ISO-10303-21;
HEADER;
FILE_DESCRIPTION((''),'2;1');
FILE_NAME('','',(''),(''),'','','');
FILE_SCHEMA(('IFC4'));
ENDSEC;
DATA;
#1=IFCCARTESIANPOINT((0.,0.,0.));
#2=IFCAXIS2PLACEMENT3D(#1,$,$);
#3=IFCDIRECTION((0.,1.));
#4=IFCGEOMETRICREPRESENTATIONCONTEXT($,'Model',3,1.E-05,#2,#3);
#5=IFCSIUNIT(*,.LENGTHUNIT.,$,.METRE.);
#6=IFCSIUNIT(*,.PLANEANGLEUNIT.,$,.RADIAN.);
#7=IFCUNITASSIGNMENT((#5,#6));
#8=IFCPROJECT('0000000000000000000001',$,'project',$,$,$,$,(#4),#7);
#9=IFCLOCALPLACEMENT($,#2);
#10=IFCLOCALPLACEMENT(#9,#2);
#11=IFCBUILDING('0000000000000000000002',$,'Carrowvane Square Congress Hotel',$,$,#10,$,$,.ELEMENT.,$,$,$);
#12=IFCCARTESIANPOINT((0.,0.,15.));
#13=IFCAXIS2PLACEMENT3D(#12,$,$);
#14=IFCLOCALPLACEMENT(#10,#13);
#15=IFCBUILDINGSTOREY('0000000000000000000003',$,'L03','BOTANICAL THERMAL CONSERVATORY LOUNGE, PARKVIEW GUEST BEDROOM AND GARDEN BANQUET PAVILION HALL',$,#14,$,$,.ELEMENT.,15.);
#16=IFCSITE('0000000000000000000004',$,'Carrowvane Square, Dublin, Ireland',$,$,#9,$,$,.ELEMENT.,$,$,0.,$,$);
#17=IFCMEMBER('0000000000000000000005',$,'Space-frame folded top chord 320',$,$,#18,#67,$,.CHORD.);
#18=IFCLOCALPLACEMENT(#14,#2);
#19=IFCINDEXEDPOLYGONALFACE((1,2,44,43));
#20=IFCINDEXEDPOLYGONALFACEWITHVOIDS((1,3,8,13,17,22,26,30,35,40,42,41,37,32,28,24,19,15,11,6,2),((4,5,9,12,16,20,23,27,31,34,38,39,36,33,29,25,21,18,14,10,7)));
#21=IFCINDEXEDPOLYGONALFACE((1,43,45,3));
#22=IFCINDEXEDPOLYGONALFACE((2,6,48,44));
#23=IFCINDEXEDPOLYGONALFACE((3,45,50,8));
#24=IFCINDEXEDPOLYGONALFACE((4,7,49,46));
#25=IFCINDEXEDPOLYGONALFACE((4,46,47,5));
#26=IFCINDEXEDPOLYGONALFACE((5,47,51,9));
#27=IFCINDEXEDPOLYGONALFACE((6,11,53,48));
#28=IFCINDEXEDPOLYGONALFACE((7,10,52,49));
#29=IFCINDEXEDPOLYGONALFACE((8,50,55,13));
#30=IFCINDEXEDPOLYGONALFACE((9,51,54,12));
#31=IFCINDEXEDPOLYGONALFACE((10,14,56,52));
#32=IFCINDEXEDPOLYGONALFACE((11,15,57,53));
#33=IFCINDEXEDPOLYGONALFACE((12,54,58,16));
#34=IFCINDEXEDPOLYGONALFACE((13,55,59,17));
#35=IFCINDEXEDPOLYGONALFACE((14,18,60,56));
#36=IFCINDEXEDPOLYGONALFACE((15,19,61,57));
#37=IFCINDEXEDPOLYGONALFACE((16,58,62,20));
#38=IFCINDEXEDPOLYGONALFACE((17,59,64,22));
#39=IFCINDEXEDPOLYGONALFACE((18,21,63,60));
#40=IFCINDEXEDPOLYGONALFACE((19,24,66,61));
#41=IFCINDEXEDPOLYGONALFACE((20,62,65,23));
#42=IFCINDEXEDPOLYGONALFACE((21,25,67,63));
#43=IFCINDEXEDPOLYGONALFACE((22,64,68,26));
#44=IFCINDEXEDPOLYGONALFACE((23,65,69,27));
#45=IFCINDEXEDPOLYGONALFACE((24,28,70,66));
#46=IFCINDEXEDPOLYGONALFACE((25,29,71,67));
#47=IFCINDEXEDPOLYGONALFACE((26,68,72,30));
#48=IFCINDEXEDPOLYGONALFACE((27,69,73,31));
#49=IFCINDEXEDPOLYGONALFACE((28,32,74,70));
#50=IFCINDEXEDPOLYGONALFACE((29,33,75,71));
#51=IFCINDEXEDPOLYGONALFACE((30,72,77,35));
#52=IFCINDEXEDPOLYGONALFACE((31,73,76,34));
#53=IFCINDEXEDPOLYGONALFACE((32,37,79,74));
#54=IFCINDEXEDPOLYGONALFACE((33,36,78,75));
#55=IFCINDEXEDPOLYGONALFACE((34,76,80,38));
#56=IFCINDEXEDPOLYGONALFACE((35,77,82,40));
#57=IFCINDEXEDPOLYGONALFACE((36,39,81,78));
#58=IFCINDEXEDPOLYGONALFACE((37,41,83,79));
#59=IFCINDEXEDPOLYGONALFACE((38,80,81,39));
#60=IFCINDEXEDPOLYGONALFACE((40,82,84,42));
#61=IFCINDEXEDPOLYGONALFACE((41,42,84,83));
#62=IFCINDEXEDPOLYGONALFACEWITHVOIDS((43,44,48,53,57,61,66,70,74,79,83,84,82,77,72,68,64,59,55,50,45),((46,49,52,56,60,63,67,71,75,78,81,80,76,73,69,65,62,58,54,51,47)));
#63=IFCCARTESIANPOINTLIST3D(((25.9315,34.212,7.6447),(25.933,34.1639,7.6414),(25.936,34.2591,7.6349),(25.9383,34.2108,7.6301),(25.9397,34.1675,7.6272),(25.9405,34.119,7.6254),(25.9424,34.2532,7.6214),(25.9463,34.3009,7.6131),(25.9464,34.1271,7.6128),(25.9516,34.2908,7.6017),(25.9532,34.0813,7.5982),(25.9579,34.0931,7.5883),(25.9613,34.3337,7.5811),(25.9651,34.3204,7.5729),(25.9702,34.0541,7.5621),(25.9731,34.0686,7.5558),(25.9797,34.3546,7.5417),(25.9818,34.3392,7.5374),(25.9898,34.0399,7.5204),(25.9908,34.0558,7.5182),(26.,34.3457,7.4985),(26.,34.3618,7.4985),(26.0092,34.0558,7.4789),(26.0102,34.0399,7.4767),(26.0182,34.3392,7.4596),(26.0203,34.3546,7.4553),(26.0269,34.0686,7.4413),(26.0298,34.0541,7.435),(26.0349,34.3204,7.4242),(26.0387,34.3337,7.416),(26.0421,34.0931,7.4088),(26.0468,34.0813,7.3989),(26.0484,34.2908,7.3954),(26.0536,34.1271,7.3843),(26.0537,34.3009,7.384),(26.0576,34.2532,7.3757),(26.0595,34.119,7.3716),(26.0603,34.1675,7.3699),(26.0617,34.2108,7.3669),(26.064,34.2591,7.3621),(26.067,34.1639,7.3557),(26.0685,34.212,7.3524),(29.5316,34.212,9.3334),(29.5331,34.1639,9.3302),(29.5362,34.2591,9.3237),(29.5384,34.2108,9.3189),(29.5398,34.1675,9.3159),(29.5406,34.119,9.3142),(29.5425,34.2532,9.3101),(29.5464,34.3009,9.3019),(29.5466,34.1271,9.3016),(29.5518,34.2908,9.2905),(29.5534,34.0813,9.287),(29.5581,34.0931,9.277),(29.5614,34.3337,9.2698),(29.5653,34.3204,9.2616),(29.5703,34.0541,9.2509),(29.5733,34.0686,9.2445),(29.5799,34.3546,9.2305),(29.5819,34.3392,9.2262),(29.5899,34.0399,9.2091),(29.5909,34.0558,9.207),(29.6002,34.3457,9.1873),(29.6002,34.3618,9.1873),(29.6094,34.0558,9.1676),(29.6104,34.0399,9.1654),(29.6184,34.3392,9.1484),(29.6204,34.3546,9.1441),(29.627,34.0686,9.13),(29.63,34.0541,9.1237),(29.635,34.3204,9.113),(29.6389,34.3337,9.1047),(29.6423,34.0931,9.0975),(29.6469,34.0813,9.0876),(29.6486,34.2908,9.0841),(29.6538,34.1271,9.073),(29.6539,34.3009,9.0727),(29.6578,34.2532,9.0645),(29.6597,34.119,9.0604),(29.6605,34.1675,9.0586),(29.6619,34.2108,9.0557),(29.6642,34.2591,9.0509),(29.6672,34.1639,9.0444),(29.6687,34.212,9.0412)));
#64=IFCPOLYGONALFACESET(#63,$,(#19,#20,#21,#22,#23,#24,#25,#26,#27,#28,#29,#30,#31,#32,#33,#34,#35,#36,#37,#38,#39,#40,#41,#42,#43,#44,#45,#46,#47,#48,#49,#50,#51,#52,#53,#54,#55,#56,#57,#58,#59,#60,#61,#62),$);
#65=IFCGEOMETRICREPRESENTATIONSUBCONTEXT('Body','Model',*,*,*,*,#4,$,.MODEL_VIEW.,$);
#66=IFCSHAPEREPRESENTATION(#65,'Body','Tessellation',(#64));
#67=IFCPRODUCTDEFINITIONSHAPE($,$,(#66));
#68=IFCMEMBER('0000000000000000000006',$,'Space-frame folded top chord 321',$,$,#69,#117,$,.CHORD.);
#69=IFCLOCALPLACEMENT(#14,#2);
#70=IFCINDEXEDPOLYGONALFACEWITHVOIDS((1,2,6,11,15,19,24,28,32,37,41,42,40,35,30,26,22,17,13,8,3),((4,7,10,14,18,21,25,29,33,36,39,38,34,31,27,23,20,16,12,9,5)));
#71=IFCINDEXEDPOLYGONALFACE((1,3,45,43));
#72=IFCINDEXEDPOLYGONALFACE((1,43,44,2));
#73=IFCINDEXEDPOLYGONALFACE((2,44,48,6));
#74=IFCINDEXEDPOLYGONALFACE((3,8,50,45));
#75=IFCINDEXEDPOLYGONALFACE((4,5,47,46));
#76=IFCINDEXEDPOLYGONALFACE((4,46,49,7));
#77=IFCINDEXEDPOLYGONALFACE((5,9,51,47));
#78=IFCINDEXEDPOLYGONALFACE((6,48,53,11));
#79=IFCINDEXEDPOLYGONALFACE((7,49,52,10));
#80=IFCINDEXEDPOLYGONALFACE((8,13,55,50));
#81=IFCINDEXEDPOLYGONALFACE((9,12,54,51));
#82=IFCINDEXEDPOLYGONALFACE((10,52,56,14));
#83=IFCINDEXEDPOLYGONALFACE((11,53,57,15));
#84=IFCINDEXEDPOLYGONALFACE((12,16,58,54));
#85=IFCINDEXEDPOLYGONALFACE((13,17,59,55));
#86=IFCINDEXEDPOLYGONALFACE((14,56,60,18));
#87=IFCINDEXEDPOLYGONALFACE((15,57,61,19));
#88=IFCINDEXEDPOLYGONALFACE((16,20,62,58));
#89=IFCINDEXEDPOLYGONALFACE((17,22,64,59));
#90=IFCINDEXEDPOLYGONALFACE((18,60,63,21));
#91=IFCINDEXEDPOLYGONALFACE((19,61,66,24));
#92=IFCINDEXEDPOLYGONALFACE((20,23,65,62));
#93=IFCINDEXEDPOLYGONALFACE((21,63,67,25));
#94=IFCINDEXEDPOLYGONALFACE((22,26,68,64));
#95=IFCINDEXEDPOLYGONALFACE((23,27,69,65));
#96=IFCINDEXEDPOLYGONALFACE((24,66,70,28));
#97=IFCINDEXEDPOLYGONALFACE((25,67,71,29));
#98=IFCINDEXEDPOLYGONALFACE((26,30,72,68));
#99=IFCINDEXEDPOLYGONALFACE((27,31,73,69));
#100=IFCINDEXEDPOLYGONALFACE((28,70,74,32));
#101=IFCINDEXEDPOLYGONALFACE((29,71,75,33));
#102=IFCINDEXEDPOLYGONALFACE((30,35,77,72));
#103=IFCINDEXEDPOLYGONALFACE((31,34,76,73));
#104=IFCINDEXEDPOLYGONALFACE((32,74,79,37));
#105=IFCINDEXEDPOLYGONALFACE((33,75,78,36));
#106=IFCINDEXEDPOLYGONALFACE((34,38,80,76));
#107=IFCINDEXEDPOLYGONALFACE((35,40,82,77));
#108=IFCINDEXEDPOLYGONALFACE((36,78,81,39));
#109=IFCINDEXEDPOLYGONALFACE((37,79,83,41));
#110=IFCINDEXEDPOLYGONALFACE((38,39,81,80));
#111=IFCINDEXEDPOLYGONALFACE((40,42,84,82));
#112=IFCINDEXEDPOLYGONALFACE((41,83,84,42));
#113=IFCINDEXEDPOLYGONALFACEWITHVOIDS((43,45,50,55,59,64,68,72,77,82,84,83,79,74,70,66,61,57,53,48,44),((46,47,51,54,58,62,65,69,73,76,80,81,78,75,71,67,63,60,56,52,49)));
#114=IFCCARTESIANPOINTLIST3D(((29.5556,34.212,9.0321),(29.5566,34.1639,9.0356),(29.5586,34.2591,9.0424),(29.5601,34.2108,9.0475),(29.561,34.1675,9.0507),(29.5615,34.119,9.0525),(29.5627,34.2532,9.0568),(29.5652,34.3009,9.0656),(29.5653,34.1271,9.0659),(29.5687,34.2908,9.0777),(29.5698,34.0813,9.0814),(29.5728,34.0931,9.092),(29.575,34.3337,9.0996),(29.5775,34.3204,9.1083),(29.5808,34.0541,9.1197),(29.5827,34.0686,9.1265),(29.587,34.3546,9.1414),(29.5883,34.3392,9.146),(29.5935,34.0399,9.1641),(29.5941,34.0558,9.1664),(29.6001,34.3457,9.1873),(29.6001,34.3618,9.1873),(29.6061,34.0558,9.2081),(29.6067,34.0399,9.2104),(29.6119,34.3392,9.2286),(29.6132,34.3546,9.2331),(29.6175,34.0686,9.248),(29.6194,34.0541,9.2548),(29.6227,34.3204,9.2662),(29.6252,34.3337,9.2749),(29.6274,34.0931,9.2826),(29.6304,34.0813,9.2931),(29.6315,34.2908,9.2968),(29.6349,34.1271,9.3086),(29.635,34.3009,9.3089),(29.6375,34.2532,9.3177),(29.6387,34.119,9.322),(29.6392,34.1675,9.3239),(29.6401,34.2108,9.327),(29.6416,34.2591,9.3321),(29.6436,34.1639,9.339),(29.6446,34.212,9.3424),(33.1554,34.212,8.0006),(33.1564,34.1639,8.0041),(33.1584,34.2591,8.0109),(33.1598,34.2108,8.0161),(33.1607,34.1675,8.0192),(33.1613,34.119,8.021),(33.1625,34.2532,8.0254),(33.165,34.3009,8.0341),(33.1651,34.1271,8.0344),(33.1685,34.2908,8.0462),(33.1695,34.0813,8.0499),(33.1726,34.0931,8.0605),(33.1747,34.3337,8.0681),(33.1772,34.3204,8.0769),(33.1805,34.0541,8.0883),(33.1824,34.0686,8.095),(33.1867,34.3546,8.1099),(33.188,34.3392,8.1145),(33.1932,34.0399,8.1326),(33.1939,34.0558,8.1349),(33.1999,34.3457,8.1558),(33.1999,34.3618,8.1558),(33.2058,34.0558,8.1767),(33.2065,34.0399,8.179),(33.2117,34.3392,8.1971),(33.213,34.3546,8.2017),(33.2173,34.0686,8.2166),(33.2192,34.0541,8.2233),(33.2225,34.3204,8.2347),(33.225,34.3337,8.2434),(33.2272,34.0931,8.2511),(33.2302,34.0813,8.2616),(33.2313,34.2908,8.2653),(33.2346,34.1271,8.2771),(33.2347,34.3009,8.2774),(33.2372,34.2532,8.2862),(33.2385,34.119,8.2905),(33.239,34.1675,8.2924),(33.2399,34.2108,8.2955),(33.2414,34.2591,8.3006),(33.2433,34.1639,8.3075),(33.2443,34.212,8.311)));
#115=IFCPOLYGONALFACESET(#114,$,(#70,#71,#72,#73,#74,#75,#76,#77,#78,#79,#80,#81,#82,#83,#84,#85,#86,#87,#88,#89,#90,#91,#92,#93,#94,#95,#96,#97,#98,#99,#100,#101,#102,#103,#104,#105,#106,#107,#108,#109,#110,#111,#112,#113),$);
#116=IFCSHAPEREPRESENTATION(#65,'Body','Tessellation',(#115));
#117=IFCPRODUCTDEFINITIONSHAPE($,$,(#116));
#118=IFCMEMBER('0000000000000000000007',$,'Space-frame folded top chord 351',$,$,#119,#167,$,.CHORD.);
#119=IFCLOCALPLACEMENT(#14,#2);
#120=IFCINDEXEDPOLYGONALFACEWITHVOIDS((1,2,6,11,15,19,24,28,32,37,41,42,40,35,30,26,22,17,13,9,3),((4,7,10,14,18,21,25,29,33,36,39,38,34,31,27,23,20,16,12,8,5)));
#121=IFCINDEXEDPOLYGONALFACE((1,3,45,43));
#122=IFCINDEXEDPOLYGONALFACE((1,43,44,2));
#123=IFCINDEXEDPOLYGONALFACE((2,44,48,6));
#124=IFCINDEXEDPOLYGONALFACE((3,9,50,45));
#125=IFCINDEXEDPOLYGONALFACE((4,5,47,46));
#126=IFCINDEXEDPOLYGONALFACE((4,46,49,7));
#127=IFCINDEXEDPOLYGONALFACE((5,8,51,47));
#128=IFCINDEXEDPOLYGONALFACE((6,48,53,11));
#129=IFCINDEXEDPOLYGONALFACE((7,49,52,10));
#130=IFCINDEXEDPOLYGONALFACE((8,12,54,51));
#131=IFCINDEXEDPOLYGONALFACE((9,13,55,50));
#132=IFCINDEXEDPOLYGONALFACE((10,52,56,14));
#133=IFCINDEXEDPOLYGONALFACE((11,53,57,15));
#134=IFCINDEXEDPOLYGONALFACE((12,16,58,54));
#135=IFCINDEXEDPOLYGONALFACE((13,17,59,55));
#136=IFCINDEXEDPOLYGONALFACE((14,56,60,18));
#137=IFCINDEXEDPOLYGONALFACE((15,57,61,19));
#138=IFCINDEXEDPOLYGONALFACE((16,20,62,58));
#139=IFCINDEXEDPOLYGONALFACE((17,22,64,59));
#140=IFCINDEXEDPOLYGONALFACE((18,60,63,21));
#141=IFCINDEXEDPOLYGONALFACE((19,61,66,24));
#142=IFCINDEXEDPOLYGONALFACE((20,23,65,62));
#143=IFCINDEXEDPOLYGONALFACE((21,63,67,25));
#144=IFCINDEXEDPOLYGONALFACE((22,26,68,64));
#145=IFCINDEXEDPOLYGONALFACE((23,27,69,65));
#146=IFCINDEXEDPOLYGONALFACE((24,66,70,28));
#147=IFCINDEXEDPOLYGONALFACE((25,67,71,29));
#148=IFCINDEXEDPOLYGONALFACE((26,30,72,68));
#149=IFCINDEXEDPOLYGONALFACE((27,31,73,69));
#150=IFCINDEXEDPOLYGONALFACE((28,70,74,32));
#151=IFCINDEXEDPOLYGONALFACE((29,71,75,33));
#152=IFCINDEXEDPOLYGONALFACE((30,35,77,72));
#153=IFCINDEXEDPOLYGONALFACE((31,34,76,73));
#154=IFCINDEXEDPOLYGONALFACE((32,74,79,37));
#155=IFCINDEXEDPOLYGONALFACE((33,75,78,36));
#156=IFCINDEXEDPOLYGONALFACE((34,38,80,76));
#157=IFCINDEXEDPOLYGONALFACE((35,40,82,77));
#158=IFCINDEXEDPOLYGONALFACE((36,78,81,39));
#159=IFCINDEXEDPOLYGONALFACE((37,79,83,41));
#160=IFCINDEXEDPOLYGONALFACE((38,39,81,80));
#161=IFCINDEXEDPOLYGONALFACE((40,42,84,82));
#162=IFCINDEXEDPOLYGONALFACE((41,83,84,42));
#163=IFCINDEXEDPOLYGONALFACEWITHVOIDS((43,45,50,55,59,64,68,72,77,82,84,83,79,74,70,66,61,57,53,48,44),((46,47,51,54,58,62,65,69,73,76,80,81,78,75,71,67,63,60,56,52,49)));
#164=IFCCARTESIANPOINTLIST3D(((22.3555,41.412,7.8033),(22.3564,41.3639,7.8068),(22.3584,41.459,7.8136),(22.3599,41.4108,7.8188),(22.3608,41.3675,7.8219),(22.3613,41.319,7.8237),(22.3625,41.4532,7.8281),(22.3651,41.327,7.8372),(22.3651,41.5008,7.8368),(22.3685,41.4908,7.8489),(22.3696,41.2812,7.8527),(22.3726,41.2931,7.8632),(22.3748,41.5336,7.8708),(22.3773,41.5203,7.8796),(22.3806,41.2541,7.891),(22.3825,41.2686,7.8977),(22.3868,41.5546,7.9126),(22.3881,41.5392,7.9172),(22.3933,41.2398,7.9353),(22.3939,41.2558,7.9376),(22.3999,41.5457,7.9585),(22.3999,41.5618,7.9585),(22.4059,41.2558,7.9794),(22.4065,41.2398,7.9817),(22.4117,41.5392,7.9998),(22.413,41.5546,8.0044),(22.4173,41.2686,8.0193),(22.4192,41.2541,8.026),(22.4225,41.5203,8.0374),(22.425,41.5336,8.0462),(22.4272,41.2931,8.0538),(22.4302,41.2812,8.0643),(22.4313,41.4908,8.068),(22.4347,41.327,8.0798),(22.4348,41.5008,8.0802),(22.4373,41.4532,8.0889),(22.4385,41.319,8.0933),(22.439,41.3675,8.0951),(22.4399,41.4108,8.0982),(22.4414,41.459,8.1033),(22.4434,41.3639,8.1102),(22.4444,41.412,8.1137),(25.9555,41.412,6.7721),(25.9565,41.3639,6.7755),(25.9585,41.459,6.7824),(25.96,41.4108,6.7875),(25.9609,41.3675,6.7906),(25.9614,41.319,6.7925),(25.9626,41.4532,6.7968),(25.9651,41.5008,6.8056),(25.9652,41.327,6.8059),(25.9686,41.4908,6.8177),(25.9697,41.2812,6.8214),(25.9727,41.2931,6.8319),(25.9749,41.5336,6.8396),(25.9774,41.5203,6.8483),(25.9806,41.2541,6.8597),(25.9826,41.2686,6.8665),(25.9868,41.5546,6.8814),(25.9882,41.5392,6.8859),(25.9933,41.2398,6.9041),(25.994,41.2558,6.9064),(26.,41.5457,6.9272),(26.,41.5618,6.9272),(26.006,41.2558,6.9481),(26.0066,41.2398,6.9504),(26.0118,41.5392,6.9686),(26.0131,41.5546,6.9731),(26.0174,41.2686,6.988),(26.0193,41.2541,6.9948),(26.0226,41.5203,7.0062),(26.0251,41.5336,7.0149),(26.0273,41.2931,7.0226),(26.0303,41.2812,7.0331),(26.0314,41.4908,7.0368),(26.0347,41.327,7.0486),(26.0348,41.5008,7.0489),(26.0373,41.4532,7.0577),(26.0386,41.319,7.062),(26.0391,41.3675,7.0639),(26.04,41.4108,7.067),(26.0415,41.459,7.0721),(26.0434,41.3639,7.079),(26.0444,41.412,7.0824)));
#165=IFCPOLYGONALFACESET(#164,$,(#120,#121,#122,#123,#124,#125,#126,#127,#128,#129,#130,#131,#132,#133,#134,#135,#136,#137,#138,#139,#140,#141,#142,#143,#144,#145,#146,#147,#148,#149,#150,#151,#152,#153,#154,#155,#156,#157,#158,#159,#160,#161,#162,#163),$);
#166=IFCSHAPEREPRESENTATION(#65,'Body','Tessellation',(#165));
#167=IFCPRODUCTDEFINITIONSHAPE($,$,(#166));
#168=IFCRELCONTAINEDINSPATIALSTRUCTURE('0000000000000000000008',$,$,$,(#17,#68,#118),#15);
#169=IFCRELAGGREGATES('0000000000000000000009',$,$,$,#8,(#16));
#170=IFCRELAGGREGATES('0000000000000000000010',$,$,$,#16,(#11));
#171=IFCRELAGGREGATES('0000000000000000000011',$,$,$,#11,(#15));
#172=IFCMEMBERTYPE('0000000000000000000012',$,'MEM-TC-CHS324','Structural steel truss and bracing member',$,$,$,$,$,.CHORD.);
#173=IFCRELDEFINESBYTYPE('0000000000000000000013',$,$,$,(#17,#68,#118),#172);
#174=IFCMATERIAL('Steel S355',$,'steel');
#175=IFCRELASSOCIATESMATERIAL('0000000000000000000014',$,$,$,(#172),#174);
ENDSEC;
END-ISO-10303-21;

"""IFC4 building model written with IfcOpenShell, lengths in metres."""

from ifc_helpers import new_model, si_unit, direction, frame, origin, origin_2d, place, context, subcontext, project, spatial, hollow_circle, extrude, material, material_profile, profile_set, type_object, element, save


model = new_model("IFC4")

# Units and contexts
model_context = context("Model", 3, precision=1e-05, world=origin(), true_north=direction((0.0, 1.0)))
body_context = subcontext(model_context, "Body", "Model", "MODEL_VIEW")
ifc_project = project(units=[si_unit("LENGTHUNIT", "METRE"), si_unit("PLANEANGLEUNIT", "RADIAN")], contexts=[model_context])

# Site, building, storey
site_placement = place(None, origin())
site = spatial("IfcSite", under=ifc_project, at=site_placement, Name="Carrowvane Square, Dublin, Ireland", CompositionType="ELEMENT", RefElevation=0.0)
building_placement = place(site_placement, origin())
building = spatial("IfcBuilding", under=site, at=building_placement, Name="Carrowvane Square Congress Hotel", CompositionType="ELEMENT")
storey_placement = place(building_placement, frame((0.0, 0.0, 15.0)))
storey = spatial("IfcBuildingStorey", under=building, at=storey_placement, Name="L03", Description="BOTANICAL THERMAL CONSERVATORY LOUNGE, PARKVIEW GUEST BEDROOM AND GARDEN BANQUET PAVILION HALL", CompositionType="ELEMENT", Elevation=15.0)

# Members
ifc_material_1 = material(Name="Steel S355", Category="steel")
ifc_material_profile_1 = material_profile(ifc_material_1, hollow_circle(Radius=0.1619, WallThickness=0.0161, at=origin_2d()), Name="CHS 323.9x16")
ifc_profile_set_1 = profile_set([ifc_material_profile_1], Name="Steel S355")
member_type_1 = type_object("IfcMemberType", Name="MEM-TC-CHS324", Description="Structural steel truss and bracing member", PredefinedType="CHORD", material=ifc_profile_set_1)
member_1_placement = place(storey_placement, frame((26.0, 34.2, 7.4985), z_axis=(0.905345, 0.0, 0.424676), x_axis=(0.0, 1.0, 0.0)))
element("IfcMember", 1, at=member_1_placement, inside=storey, type_object=member_type_1, Name="Space-frame folded top chord 320", PredefinedType="CHORD", context=body_context, shape_type="SweptSolid", body=[
    extrude(hollow_circle(Radius=0.1619, WallThickness=0.0161, at=origin_2d()), origin(), (0.0, 0.0, 1.0), 3.9766),
])
member_2_placement = place(storey_placement, frame((29.6001, 34.2, 9.1873), z_axis=(0.961315, 0.0, -0.275453), x_axis=(0.0, 1.0, 0.0)))
element("IfcMember", 2, at=member_2_placement, inside=storey, type_object=member_type_1, Name="Space-frame folded top chord 321", PredefinedType="CHORD", context=body_context, shape_type="SweptSolid", body=[
    extrude(hollow_circle(Radius=0.1619, WallThickness=0.0161, at=origin_2d()), origin(), (0.0, 0.0, 1.0), 3.7446),
])
member_3_placement = place(storey_placement, frame((22.3999, 41.3999, 7.9585), z_axis=(0.961337, 0.0, -0.275375), x_axis=(0.0, 1.0, 0.0)))
element("IfcMember", 3, at=member_3_placement, inside=storey, type_object=member_type_1, Name="Space-frame folded top chord 351", PredefinedType="CHORD", context=body_context, shape_type="SweptSolid", body=[
    extrude(hollow_circle(Radius=0.1619, WallThickness=0.0161, at=origin_2d()), origin(), (0.0, 0.0, 1.0), 3.7449),
])

save(model, "model.ifc")
